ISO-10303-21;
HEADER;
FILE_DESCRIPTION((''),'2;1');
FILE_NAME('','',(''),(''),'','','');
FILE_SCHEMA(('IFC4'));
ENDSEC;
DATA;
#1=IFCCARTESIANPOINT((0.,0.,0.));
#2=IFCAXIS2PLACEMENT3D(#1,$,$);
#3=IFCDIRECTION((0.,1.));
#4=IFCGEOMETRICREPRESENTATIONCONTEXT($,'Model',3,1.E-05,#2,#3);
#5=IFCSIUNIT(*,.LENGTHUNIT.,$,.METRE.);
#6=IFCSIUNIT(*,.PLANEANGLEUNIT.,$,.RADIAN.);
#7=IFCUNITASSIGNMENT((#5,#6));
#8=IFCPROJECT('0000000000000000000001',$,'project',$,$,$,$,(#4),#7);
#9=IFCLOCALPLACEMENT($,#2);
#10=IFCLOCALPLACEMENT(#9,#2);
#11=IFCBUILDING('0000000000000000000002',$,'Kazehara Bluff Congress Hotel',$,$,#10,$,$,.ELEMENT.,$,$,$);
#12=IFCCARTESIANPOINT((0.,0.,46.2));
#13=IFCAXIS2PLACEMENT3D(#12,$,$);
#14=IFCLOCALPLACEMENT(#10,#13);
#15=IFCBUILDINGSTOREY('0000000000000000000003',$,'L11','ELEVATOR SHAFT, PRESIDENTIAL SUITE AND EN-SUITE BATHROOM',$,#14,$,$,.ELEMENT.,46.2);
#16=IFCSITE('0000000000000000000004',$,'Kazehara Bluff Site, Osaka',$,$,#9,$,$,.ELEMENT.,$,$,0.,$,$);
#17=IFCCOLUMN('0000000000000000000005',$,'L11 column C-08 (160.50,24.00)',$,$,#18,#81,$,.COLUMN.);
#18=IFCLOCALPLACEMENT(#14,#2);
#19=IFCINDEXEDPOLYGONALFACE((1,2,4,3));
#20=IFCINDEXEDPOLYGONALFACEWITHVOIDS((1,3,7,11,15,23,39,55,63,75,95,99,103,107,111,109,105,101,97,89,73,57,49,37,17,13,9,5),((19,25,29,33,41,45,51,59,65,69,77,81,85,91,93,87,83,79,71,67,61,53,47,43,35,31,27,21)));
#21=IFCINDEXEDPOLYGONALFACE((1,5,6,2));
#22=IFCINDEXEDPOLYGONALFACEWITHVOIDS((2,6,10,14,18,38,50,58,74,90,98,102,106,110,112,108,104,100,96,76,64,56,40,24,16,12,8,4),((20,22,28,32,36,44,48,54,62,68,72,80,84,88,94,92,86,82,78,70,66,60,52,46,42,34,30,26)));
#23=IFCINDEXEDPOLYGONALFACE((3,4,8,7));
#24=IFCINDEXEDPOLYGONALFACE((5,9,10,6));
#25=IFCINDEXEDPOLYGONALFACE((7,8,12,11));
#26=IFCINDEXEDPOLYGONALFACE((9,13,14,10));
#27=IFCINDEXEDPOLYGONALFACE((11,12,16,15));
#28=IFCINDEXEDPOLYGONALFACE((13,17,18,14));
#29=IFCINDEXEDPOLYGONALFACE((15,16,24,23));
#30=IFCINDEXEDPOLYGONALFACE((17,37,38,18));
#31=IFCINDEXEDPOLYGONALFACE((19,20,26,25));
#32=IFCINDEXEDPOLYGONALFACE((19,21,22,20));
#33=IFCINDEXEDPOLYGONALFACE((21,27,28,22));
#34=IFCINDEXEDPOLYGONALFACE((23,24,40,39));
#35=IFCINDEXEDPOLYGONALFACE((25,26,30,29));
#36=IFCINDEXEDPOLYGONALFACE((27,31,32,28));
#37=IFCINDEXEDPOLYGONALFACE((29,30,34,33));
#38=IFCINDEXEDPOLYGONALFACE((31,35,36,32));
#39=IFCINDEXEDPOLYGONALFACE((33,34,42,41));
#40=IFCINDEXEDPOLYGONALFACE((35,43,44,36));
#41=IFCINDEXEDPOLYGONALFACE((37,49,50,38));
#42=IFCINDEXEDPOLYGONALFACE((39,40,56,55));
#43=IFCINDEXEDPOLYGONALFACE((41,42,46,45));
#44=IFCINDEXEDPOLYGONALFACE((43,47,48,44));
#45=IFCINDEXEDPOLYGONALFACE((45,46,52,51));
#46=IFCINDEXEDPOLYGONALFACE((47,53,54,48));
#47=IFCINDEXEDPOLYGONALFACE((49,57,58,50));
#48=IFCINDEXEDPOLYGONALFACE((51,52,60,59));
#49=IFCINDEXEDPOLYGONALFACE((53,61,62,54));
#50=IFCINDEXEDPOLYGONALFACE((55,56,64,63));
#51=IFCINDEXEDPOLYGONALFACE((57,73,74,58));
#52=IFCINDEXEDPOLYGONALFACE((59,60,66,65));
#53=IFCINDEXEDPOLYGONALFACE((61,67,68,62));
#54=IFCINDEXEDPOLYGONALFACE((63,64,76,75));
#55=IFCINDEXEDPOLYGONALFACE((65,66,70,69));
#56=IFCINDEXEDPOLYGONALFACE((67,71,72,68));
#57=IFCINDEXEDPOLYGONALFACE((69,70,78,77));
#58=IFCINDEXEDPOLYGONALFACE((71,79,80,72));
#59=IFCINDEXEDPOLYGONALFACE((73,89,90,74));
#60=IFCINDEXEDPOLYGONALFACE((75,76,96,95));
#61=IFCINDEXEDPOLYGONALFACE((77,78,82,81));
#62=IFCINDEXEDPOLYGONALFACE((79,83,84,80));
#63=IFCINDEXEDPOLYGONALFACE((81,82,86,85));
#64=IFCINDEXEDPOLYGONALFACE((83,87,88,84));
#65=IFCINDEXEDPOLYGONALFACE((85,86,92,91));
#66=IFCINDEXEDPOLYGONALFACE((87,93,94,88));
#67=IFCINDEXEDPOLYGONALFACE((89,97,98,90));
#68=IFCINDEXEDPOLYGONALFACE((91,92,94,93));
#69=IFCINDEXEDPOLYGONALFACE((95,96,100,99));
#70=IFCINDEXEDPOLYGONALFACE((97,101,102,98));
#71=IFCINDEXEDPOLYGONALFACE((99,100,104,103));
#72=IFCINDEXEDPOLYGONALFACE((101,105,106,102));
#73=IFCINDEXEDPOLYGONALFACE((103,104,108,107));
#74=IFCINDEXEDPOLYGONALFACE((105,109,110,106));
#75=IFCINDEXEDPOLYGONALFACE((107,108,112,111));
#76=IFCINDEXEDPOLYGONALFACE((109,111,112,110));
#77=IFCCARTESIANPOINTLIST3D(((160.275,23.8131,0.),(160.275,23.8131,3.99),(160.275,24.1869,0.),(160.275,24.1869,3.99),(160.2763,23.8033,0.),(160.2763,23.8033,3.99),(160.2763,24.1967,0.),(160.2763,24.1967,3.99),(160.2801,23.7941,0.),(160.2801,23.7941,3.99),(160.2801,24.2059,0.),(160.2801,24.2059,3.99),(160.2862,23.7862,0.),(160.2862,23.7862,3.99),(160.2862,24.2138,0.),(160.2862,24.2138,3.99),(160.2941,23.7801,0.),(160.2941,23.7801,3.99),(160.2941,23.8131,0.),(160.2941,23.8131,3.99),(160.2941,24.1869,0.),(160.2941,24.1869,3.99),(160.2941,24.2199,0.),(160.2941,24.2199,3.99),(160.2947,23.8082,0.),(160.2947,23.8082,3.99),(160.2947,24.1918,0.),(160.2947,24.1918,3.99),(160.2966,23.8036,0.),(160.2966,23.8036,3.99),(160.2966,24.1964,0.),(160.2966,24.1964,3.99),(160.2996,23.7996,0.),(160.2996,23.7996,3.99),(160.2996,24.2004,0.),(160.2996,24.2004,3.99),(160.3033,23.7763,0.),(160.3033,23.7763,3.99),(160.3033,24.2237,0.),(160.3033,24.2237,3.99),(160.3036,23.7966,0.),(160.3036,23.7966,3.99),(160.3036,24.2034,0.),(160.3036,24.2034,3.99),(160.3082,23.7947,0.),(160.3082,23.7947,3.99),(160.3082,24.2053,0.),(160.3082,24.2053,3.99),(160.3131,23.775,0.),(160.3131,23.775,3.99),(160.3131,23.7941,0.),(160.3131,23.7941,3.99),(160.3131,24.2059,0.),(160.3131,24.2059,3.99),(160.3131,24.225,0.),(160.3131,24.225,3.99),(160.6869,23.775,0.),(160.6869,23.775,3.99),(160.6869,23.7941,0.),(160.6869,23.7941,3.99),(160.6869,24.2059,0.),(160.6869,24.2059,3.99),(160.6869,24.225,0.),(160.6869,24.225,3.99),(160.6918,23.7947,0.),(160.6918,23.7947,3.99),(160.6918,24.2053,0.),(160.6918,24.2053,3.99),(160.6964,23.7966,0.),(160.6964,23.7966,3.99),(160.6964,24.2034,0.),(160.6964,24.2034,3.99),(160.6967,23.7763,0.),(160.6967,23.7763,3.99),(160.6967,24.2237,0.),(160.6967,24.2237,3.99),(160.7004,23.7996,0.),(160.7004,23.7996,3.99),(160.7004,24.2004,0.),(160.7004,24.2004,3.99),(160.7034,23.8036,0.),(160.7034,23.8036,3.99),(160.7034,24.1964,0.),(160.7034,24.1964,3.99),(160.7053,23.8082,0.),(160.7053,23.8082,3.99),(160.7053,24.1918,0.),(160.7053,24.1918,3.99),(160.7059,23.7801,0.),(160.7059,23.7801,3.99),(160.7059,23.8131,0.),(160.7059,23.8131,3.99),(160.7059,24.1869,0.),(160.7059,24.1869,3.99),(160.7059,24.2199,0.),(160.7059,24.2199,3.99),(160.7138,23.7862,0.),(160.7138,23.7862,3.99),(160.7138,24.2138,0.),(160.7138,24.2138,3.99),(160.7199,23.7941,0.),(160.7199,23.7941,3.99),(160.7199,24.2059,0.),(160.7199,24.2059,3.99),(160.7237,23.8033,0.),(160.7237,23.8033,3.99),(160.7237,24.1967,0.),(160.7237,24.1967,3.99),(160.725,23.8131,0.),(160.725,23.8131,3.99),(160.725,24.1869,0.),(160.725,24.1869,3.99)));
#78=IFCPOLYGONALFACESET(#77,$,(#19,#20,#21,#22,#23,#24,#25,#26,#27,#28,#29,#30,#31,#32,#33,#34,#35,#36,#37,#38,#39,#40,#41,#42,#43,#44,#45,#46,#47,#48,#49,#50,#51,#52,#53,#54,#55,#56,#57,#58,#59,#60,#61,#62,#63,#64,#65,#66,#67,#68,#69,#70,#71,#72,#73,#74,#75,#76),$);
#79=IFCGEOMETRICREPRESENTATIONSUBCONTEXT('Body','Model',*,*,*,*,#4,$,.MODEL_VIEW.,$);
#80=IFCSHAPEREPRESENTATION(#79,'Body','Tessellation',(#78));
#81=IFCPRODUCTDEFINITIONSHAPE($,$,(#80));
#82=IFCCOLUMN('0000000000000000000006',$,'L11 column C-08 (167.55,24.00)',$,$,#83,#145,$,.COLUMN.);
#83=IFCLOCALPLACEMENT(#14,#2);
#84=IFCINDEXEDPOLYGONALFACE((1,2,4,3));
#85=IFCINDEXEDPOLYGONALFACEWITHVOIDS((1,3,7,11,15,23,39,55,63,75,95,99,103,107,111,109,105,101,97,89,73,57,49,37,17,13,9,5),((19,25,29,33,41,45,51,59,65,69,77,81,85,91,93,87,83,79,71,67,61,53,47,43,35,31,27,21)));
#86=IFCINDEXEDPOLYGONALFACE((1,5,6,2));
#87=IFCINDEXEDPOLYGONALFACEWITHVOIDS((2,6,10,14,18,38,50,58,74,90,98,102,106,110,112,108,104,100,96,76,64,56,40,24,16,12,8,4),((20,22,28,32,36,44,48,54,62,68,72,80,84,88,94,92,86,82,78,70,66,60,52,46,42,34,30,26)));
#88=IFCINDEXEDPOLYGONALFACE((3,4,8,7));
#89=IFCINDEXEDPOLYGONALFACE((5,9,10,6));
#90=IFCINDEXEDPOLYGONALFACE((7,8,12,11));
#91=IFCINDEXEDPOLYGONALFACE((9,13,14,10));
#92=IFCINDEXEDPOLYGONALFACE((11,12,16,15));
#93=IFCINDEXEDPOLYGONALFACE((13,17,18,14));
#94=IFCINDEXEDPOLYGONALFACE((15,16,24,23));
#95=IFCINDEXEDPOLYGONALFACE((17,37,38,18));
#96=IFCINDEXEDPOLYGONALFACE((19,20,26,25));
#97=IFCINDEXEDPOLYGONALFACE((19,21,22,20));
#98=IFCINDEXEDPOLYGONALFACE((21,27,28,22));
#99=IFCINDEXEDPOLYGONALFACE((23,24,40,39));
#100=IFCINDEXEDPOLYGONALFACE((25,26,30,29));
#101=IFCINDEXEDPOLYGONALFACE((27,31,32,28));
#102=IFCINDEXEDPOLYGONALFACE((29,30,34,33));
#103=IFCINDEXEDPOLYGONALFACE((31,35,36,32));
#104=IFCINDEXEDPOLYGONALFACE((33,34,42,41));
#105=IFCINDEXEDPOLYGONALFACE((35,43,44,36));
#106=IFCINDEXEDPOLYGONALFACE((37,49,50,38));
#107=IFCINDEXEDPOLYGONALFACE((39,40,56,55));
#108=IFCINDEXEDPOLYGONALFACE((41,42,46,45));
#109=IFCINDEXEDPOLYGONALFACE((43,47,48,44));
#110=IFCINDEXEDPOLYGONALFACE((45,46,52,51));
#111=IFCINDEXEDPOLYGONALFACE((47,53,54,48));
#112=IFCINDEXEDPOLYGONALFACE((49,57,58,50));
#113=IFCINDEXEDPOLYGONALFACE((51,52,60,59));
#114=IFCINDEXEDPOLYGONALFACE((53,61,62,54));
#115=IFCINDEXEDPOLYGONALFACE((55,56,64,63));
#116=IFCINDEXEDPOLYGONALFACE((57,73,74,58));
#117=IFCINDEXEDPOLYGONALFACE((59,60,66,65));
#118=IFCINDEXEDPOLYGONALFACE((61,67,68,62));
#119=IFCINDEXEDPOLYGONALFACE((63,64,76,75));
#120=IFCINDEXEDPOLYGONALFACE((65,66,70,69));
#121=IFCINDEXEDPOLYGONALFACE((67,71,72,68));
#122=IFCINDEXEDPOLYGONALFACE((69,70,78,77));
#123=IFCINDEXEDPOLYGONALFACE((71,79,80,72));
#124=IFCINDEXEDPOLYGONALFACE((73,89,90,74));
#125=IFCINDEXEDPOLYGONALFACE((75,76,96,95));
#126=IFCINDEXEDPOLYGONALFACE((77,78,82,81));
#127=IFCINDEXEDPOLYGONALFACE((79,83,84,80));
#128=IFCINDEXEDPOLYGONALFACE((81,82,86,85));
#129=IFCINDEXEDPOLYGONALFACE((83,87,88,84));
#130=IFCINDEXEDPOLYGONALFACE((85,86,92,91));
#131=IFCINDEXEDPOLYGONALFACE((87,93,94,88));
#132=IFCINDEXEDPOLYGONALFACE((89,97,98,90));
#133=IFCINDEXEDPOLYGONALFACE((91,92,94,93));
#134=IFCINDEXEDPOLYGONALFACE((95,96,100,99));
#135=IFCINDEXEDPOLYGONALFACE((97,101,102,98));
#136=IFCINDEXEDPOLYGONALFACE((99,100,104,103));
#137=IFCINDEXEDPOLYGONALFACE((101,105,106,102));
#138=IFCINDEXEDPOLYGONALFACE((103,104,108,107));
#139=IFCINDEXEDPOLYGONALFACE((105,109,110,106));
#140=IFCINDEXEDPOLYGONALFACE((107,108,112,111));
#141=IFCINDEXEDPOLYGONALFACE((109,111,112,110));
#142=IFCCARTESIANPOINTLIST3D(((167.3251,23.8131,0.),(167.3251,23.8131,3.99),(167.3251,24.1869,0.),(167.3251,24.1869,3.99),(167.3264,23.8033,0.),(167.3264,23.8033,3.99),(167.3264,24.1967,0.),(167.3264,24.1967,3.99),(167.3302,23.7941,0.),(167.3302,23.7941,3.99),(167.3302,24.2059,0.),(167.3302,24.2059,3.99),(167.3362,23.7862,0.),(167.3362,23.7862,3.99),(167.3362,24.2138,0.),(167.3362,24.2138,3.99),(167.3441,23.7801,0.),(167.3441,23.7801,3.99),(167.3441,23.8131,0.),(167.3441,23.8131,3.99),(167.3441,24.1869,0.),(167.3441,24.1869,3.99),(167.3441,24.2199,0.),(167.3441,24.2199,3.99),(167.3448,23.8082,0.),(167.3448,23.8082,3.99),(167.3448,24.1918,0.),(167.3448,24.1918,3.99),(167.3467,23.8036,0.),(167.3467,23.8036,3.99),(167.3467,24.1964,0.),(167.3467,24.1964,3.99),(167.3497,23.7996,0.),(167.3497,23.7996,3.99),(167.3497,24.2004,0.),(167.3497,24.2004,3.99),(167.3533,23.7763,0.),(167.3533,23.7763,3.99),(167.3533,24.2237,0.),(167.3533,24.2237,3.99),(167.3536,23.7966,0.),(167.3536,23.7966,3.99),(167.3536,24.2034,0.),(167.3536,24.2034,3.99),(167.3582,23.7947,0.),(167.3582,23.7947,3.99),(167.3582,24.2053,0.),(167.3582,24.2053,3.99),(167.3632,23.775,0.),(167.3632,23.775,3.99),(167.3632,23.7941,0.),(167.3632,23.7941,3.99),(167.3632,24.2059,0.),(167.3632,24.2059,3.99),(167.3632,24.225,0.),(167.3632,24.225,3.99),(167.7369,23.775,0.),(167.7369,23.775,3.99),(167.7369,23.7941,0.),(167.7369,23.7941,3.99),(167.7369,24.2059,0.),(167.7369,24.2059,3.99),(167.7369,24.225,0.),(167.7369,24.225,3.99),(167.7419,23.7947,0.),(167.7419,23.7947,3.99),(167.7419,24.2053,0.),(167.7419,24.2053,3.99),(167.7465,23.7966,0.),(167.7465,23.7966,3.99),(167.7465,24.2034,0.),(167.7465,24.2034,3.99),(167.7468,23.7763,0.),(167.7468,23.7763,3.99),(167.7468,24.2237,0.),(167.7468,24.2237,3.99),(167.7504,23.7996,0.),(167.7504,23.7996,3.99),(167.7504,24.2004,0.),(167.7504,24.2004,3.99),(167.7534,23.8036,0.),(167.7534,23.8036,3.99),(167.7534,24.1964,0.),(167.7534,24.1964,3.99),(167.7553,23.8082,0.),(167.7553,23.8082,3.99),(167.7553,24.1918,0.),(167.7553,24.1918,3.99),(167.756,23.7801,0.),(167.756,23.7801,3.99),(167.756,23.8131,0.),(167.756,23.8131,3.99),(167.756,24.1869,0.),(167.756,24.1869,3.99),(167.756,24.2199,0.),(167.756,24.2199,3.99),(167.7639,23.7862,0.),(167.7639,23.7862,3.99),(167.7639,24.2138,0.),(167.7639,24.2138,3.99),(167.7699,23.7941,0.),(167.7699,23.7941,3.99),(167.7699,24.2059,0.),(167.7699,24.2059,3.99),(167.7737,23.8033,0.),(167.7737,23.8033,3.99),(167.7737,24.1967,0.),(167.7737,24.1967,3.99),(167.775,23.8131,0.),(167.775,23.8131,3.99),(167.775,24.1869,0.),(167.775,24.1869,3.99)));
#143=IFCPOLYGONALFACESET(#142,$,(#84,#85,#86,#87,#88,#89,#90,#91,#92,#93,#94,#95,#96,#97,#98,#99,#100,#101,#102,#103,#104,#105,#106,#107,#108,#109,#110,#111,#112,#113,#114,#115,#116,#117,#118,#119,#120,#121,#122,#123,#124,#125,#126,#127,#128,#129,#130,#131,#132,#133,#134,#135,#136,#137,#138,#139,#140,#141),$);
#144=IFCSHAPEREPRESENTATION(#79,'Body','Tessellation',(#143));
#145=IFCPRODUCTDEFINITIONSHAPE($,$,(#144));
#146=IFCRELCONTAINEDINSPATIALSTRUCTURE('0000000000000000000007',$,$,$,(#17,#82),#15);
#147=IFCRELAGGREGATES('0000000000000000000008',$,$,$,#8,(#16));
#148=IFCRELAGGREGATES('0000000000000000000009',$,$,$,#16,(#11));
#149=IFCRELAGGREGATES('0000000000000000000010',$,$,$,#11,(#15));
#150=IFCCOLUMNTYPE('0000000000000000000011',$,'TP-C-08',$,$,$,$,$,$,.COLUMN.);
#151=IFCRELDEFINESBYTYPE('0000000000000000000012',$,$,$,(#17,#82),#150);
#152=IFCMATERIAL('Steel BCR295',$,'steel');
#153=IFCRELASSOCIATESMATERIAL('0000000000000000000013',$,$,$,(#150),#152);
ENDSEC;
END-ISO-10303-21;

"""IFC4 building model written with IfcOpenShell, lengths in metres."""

from ifc_helpers import new_model, si_unit, direction, frame, origin, origin_2d, place, context, subcontext, project, spatial, hollow_rectangle, extrude, material, material_profile, profile_set, type_object, element, save


model = new_model("IFC4")

# Units and contexts
model_context = context("Model", 3, precision=1e-05, world=origin(), true_north=direction((0.0, 1.0)))
body_context = subcontext(model_context, "Body", "Model", "MODEL_VIEW")
ifc_project = project(units=[si_unit("LENGTHUNIT", "METRE"), si_unit("PLANEANGLEUNIT", "RADIAN")], contexts=[model_context])

# Site, building, storey
site_placement = place(None, origin())
site = spatial("IfcSite", under=ifc_project, at=site_placement, Name="Kazehara Bluff Site, Osaka", CompositionType="ELEMENT", RefElevation=0.0)
building_placement = place(site_placement, origin())
building = spatial("IfcBuilding", under=site, at=building_placement, Name="Kazehara Bluff Congress Hotel", CompositionType="ELEMENT")
storey_placement = place(building_placement, frame((0.0, 0.0, 46.2)))
storey = spatial("IfcBuildingStorey", under=building, at=storey_placement, Name="L11", Description="ELEVATOR SHAFT, PRESIDENTIAL SUITE AND EN-SUITE BATHROOM", CompositionType="ELEMENT", Elevation=46.2)

# Columns
ifc_material_1 = material(Name="Steel BCR295", Category="steel")
ifc_material_profile_1 = material_profile(ifc_material_1, hollow_rectangle(XDim=0.45, YDim=0.45, WallThickness=0.019, InnerFilletRadius=0.019, OuterFilletRadius=0.0381, at=origin_2d()))
ifc_profile_set_1 = profile_set([ifc_material_profile_1], Name="Steel BCR295")
column_type = type_object("IfcColumnType", Name="TP-C-08", PredefinedType="COLUMN", material=ifc_profile_set_1)
for number, where, z_axis, x_axis, name in (
    (1, (160.5, 24.0, 0.0), (0.0, 0.0, 1.0), (1.0, 0.0, 0.0), "L11 column C-08 (160.50,24.00)"),
    (2, (167.55, 24.0, 0.0), (0.0, 0.0, 1.0), (1.0, 0.0, 0.0), "L11 column C-08 (167.55,24.00)"),
):
    element("IfcColumn", number, at=place(storey_placement, frame(where, z_axis=z_axis, x_axis=x_axis)), inside=storey, type_object=column_type, Name=name, PredefinedType="COLUMN", context=body_context, shape_type="SweptSolid", body=[
        extrude(hollow_rectangle(XDim=0.45, YDim=0.45, WallThickness=0.019, InnerFilletRadius=0.019, OuterFilletRadius=0.0381, at=origin_2d()), origin(), (0.0, 0.0, 1.0), 3.99),
    ])

save(model, "model.ifc")
